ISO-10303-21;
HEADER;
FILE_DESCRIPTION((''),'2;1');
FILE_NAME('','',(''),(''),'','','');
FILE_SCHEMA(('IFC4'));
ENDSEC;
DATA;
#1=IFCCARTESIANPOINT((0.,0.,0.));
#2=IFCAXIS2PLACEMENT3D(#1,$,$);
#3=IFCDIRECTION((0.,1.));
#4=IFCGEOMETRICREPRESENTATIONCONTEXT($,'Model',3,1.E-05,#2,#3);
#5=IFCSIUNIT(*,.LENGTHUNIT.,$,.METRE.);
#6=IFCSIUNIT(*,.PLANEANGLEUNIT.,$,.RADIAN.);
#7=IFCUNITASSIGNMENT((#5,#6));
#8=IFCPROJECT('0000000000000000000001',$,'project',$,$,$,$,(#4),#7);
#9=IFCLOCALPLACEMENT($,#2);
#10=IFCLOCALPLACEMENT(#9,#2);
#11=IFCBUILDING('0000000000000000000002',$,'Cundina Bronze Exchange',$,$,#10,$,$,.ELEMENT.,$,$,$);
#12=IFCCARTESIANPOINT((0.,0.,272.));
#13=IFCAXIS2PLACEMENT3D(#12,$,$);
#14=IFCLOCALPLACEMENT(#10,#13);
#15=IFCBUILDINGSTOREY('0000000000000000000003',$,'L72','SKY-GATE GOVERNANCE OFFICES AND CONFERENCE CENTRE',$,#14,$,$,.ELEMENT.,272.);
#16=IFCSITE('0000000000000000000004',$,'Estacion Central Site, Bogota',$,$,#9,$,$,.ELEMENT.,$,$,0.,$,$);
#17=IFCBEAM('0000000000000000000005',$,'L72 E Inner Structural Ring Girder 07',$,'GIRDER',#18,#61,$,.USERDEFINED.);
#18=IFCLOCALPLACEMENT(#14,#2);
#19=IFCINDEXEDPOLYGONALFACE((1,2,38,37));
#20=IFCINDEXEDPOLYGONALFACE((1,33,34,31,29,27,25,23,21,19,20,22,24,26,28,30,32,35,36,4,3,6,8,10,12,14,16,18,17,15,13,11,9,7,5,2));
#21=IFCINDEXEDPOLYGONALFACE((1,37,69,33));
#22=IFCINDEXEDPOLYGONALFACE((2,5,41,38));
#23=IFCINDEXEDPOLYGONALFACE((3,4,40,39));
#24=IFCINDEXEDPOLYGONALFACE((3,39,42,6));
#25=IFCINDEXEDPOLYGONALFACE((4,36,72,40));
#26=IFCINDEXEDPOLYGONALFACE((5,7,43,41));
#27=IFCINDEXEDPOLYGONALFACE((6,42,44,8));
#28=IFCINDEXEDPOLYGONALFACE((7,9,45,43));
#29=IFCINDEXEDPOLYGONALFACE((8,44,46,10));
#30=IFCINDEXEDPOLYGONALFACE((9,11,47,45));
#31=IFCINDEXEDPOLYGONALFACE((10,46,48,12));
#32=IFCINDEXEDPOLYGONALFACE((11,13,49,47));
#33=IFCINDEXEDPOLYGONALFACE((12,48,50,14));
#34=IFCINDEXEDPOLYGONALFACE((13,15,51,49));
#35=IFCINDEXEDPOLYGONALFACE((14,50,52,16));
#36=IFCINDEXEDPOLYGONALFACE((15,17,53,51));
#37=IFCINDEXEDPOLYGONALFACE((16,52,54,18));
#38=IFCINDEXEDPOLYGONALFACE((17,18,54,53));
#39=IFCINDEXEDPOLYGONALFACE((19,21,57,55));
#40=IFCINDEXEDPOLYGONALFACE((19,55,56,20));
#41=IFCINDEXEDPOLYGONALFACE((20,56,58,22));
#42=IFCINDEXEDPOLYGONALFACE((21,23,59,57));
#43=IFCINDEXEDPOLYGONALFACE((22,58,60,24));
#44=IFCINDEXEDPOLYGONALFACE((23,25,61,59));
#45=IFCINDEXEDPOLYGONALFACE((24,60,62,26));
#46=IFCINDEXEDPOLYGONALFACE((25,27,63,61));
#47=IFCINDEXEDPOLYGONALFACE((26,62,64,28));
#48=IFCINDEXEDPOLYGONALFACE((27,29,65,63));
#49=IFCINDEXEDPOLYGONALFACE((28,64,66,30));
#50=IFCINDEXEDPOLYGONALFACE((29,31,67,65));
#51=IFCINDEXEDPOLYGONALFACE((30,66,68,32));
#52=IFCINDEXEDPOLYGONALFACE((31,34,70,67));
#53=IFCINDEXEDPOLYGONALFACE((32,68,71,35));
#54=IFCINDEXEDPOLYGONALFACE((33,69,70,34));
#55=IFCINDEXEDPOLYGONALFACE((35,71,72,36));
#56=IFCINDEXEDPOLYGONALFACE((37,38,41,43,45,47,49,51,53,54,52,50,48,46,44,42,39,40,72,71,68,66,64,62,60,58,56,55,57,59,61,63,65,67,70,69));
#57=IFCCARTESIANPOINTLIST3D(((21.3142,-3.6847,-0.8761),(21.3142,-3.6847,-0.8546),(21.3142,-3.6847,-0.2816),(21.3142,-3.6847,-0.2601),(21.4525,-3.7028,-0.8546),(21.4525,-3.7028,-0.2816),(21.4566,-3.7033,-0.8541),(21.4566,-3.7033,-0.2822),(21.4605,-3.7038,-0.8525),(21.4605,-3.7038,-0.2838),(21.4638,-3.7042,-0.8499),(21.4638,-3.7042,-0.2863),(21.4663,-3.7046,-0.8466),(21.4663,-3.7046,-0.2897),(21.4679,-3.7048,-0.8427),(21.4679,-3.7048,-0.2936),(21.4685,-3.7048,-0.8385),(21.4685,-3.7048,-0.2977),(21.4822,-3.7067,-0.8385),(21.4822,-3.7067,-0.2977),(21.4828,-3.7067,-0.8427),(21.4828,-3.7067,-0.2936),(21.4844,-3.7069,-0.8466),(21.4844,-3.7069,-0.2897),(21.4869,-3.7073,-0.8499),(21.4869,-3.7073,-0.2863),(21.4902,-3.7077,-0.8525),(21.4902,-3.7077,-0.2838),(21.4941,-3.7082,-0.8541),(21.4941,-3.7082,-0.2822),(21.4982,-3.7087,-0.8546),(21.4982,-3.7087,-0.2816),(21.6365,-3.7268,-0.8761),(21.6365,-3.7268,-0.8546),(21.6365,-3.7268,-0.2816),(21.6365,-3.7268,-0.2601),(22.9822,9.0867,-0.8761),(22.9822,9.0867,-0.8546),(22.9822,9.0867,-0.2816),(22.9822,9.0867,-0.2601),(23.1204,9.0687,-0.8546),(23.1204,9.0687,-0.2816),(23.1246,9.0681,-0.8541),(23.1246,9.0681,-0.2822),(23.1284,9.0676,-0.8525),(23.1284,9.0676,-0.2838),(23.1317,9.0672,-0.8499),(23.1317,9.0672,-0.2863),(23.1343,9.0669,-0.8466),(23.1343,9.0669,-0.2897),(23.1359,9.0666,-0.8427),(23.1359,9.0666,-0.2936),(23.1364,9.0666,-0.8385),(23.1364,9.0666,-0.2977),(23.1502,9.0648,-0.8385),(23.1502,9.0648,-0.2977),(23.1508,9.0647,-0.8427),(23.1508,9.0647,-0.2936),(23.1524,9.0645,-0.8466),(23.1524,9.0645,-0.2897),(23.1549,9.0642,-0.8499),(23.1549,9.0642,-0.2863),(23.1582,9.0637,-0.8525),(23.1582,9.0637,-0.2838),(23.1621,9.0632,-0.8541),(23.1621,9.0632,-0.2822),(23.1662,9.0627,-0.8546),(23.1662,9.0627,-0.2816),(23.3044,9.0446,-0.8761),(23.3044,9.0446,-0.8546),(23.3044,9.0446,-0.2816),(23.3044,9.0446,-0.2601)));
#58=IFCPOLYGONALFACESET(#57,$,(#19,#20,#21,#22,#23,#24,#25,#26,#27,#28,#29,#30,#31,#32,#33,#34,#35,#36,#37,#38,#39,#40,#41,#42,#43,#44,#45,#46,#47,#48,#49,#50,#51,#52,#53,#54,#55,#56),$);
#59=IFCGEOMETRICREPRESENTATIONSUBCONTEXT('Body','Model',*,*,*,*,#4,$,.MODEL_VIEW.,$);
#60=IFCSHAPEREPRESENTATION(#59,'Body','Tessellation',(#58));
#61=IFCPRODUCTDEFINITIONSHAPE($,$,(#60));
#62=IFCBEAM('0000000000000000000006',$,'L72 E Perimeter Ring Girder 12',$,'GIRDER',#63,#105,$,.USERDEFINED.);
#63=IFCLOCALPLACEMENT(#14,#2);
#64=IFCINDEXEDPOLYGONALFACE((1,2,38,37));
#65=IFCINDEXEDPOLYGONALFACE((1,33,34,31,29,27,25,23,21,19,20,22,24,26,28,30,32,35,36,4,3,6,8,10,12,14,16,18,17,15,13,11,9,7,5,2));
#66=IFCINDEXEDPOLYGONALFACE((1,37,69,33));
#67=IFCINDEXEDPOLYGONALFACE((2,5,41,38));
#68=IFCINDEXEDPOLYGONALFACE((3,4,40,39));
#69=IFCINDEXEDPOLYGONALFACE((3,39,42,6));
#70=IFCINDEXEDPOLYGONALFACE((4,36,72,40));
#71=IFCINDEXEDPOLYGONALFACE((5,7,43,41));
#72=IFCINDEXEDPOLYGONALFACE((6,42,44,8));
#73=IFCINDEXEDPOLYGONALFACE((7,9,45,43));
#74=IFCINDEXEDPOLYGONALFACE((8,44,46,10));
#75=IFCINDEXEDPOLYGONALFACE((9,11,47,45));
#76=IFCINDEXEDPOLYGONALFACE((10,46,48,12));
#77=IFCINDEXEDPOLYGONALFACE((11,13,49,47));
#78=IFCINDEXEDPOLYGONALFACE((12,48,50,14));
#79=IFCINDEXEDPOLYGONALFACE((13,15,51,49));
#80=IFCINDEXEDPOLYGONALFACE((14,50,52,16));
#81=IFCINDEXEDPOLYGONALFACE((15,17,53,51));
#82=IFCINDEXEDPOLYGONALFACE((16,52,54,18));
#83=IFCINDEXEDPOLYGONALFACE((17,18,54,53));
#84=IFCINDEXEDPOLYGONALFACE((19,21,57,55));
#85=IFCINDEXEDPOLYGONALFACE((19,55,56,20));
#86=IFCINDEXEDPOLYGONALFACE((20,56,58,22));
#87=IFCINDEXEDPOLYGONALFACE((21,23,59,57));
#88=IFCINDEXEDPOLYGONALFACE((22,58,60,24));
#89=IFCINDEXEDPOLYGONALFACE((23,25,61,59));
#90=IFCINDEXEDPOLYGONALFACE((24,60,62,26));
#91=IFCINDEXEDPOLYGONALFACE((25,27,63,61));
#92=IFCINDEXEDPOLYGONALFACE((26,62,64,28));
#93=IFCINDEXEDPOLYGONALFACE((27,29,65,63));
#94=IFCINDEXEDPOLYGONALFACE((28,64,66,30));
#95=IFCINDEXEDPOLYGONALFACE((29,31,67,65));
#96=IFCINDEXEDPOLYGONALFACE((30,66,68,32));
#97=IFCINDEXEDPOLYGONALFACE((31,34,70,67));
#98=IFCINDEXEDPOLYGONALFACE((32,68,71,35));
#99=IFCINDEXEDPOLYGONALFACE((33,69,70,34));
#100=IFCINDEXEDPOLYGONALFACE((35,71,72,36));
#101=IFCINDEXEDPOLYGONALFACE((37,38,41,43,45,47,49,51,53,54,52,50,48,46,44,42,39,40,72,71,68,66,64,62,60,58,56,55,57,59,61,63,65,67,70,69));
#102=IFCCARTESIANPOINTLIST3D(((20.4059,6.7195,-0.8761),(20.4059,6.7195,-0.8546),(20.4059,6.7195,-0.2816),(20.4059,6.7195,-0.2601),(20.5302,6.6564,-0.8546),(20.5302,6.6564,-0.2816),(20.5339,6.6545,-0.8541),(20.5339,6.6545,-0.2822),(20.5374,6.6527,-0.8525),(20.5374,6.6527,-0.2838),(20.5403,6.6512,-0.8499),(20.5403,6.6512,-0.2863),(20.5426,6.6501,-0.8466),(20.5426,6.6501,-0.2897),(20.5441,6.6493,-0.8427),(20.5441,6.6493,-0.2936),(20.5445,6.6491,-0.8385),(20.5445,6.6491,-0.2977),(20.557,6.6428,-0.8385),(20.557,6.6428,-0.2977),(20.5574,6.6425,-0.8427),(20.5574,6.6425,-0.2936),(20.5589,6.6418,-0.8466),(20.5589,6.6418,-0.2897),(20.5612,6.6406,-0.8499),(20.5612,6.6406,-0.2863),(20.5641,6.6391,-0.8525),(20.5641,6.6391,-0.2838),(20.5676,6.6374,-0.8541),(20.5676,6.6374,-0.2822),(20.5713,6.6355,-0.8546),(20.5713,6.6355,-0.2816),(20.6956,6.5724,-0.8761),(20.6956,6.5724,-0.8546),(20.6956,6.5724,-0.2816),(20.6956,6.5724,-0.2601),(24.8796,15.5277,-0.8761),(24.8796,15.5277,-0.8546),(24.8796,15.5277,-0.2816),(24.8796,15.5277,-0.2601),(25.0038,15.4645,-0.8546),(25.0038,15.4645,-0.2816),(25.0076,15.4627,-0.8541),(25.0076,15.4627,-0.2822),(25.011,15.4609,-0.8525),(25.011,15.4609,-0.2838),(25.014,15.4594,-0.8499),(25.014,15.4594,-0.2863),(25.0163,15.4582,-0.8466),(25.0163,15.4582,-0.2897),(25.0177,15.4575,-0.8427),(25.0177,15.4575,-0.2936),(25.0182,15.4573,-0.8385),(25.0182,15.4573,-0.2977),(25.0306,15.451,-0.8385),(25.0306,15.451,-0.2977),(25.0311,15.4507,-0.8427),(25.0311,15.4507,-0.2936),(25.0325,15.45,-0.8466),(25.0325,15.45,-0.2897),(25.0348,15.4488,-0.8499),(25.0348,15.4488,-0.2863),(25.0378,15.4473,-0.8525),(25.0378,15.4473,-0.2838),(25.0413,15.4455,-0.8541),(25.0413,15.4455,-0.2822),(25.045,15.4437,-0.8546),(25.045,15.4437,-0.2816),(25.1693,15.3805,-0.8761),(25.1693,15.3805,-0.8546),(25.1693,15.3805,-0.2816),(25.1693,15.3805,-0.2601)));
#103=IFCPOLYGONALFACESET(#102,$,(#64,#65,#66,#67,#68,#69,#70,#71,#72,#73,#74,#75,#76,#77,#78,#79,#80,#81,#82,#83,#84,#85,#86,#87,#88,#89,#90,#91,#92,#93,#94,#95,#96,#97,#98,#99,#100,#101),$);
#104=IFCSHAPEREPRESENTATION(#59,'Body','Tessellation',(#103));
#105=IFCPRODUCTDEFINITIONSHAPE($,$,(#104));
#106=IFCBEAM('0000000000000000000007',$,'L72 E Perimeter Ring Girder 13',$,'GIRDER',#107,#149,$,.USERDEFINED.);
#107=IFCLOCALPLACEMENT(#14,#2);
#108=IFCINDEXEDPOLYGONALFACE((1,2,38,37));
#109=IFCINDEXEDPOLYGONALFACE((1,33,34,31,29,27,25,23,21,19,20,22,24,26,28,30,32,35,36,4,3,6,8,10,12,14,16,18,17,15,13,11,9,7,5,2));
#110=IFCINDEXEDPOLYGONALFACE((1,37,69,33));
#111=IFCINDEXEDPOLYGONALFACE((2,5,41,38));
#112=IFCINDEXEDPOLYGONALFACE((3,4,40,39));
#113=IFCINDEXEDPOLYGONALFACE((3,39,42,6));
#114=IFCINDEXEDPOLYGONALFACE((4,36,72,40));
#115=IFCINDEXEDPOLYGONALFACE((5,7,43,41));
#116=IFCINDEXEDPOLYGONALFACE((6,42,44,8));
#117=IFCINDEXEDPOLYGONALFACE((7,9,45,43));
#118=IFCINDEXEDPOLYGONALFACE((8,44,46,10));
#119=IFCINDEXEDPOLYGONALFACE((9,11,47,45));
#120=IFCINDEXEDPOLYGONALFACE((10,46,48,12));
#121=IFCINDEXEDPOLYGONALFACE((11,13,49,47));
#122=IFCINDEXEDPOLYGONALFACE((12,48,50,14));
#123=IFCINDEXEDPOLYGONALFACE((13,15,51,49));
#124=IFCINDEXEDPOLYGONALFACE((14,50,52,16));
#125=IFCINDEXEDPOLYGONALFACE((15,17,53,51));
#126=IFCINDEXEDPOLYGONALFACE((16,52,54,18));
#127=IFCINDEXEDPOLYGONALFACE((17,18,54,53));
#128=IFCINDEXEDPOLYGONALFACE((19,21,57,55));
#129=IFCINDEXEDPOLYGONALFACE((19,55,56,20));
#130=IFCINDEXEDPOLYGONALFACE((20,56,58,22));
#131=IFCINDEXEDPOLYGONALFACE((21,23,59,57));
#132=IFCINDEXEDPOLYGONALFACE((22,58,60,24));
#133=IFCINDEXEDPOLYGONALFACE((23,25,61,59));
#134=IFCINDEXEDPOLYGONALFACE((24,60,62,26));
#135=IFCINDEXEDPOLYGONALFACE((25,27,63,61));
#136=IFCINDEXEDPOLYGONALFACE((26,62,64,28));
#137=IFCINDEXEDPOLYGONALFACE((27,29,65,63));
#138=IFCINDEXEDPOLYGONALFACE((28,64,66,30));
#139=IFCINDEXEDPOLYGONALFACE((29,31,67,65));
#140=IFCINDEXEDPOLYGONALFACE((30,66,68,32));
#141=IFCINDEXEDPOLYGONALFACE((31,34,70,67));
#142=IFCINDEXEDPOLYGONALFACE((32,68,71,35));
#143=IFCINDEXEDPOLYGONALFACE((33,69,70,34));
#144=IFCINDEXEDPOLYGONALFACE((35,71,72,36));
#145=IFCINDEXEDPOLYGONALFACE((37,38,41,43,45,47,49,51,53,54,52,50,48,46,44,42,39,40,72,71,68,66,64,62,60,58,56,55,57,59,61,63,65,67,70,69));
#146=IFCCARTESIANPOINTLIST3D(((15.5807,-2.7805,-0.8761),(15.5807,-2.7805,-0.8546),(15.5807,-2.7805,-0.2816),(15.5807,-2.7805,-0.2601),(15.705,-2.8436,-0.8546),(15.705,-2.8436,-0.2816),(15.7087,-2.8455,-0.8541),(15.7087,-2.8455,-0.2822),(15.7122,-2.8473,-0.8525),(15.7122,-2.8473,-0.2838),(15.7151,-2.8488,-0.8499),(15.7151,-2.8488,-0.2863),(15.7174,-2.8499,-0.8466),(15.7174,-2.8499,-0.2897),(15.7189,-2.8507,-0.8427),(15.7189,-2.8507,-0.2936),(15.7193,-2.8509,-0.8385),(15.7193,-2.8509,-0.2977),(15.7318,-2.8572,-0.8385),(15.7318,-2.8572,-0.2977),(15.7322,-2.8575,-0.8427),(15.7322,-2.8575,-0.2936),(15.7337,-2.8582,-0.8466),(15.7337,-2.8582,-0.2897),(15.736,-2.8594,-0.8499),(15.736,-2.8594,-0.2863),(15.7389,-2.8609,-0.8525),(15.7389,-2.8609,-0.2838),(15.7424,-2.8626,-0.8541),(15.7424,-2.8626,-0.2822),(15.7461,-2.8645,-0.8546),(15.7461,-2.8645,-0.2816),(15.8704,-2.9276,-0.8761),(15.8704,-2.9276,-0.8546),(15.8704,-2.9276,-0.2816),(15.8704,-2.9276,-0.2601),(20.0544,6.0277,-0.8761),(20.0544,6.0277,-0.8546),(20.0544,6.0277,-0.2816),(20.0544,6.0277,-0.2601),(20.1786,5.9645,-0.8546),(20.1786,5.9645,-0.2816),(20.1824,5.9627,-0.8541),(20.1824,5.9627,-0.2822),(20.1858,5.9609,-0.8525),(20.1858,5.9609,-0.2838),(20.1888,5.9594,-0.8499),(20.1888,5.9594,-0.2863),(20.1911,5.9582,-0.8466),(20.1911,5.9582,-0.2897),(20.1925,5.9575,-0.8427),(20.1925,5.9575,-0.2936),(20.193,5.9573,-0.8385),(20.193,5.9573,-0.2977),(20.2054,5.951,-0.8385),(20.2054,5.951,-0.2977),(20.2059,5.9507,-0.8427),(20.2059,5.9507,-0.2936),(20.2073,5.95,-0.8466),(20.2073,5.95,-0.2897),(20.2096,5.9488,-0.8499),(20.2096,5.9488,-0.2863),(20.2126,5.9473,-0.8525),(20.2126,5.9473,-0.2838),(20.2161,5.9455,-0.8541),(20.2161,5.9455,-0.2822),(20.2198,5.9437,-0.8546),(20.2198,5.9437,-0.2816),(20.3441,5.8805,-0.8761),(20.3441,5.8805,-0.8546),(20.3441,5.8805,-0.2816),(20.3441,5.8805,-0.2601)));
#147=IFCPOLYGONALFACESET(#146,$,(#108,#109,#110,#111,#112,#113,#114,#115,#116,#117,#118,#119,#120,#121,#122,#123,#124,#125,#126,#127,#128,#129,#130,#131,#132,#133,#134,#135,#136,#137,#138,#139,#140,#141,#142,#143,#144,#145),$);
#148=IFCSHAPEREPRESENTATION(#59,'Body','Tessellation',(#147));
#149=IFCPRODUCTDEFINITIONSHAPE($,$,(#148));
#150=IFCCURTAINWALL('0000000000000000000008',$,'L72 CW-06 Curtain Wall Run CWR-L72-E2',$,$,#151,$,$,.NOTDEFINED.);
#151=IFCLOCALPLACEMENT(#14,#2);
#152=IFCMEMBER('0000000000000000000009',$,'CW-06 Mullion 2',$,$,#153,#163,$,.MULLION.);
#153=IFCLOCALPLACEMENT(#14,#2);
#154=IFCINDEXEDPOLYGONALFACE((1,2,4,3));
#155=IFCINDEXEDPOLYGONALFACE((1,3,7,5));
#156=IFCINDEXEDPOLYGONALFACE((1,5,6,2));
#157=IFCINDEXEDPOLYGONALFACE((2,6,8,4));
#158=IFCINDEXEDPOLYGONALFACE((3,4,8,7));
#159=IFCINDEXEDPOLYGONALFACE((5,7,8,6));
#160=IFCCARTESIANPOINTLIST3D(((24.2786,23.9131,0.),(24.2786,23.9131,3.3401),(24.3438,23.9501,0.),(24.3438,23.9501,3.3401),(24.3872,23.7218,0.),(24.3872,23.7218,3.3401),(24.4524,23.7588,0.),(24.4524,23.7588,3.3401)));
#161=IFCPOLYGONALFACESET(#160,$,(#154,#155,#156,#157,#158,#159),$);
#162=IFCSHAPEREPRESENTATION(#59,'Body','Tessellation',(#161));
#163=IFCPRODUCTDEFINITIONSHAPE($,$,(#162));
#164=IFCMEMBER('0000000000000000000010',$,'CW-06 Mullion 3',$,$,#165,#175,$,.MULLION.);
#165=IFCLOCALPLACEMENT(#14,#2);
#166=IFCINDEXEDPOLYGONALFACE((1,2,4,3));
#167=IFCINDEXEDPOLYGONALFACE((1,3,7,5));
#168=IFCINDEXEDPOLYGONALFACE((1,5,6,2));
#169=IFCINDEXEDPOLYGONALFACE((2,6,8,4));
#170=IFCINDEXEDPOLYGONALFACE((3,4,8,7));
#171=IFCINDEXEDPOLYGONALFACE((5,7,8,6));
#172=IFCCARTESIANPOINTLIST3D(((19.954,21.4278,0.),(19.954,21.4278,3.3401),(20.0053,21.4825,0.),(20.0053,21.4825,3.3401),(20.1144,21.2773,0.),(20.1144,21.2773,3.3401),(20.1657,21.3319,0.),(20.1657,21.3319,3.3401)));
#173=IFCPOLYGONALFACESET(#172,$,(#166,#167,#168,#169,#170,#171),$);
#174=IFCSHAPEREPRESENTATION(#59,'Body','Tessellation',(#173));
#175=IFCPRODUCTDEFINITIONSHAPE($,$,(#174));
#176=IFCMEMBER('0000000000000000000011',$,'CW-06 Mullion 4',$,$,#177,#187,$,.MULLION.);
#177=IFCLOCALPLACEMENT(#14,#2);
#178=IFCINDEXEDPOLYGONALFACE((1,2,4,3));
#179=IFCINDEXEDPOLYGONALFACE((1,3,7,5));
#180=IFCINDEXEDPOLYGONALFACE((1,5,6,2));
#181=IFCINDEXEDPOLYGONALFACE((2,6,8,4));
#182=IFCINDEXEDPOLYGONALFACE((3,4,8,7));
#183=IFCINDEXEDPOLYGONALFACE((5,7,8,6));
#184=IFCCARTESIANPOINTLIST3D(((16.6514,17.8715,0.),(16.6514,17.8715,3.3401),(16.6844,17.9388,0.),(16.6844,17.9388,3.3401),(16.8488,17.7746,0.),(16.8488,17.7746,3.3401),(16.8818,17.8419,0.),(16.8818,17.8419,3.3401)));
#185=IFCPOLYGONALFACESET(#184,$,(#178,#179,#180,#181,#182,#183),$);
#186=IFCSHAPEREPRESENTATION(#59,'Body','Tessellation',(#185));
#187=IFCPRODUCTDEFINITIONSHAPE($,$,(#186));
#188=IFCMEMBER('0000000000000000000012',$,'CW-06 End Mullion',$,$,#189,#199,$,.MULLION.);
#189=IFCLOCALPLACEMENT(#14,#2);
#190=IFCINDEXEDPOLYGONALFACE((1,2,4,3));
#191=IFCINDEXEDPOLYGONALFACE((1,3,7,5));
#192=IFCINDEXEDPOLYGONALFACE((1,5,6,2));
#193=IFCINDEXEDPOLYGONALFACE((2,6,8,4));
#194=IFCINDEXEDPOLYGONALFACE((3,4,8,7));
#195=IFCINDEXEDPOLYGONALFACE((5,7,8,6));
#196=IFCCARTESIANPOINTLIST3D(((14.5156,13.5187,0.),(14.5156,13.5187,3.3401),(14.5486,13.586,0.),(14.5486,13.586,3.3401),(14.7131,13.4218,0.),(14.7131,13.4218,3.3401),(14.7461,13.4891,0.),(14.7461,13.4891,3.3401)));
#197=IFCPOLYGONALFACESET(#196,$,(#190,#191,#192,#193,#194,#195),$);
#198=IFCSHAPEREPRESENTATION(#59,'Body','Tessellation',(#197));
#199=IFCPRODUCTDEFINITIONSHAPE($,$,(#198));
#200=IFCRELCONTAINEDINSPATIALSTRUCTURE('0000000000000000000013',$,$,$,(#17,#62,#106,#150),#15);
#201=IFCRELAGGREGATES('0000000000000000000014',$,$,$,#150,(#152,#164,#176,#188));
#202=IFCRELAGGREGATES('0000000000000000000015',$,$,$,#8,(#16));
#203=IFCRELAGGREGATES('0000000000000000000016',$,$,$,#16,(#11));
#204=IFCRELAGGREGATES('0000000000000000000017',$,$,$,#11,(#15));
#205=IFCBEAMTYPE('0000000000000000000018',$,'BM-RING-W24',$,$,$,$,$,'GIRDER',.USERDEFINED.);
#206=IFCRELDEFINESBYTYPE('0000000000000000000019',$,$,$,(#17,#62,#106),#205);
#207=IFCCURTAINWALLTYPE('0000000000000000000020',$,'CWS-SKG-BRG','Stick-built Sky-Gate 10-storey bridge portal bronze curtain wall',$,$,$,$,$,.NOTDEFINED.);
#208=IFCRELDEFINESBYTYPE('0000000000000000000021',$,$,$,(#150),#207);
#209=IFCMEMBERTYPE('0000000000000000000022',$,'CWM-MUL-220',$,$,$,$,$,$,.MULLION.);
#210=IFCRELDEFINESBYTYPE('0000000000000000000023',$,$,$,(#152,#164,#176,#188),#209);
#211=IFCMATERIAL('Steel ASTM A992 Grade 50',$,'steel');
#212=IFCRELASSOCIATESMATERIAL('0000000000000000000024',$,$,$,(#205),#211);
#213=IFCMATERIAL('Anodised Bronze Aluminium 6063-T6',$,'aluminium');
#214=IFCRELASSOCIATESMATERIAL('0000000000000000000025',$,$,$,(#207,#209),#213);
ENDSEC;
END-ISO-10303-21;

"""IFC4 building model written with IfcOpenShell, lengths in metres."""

from ifc_helpers import new_model, si_unit, direction, frame, origin, origin_2d, place, context, subcontext, project, spatial, rectangle, i_section, extrude, material, material_profile, profile_set, type_object, element, aggregate, save


model = new_model("IFC4")

# Units and contexts
model_context = context("Model", 3, precision=1e-05, world=origin(), true_north=direction((0.0, 1.0)))
body_context = subcontext(model_context, "Body", "Model", "MODEL_VIEW")
ifc_project = project(units=[si_unit("LENGTHUNIT", "METRE"), si_unit("PLANEANGLEUNIT", "RADIAN")], contexts=[model_context])

# Site, building, storey
site_placement = place(None, origin())
site = spatial("IfcSite", under=ifc_project, at=site_placement, Name="Estacion Central Site, Bogota", CompositionType="ELEMENT", RefElevation=0.0)
building_placement = place(site_placement, origin())
building = spatial("IfcBuilding", under=site, at=building_placement, Name="Cundina Bronze Exchange", CompositionType="ELEMENT")
storey_placement = place(building_placement, frame((0.0, 0.0, 272.0)))
storey = spatial("IfcBuildingStorey", under=building, at=storey_placement, Name="L72", Description="SKY-GATE GOVERNANCE OFFICES AND CONFERENCE CENTRE", CompositionType="ELEMENT", Elevation=272.0)

# Beams
ifc_material_1 = material(Name="Steel ASTM A992 Grade 50", Category="steel")
ifc_material_profile_1 = material_profile(ifc_material_1, i_section(OverallWidth=0.325, OverallDepth=0.616, WebThickness=0.0139, FlangeThickness=0.0215, FilletRadius=0.0161, at=origin_2d()), Name="W24X117", Category="steel")
ifc_profile_set_1 = profile_set([ifc_material_profile_1], Name="Steel ASTM A992 Grade 50")
beam_type_1 = type_object("IfcBeamType", Name="BM-RING-W24", ElementType="GIRDER", PredefinedType="USERDEFINED", material=ifc_profile_set_1)
beam_placement = place(storey_placement, frame((23.1433, 9.0657, -0.5681), z_axis=(-0.129501, -0.991579, 0.0), x_axis=(0.991579, -0.129501, 0.0)))
element("IfcBeam", 1, at=beam_placement, inside=storey, type_object=beam_type_1, Name="L72 E Inner Structural Ring Girder 07", ObjectType="GIRDER", PredefinedType="USERDEFINED", context=body_context, shape_type="SweptSolid", body=[
    extrude(i_section(OverallWidth=0.325, OverallDepth=0.616, WebThickness=0.0139, FlangeThickness=0.0215, FilletRadius=0.0161, at=origin_2d()), origin(), (0.0, 0.0, 1.0), 12.8799),
])
for number, where, z_axis, x_axis, name in (
    (2, (25.0244, 15.4541, -0.5681), (-0.452839, -0.891592, 0.0), (0.891592, -0.452839, 0.0), "L72 E Perimeter Ring Girder 12"),
    (3, (20.1992, 5.9541, -0.5681), (-0.452839, -0.891592, 0.0), (0.891592, -0.452839, 0.0), "L72 E Perimeter Ring Girder 13"),
):
    element("IfcBeam", number, at=place(storey_placement, frame(where, z_axis=z_axis, x_axis=x_axis)), inside=storey, type_object=beam_type_1, Name=name, ObjectType="GIRDER", PredefinedType="USERDEFINED", context=body_context, shape_type="SweptSolid", body=[
        extrude(i_section(OverallWidth=0.325, OverallDepth=0.616, WebThickness=0.0139, FlangeThickness=0.0215, FilletRadius=0.0161, at=origin_2d()), origin(), (0.0, 0.0, 1.0), 9.8792),
    ])

# Curtain wall, members
ifc_material_2 = material(Name="Anodised Bronze Aluminium 6063-T6", Category="aluminium")
curtain_wall_type = type_object("IfcCurtainWallType", Name="CWS-SKG-BRG", Description="Stick-built Sky-Gate 10-storey bridge portal bronze curtain wall", PredefinedType="NOTDEFINED", material=ifc_material_2)
curtain_wall_1_placement = place(storey_placement, origin())
curtain_wall_1 = element("IfcCurtainWall", 4, at=curtain_wall_1_placement, inside=storey, type_object=curtain_wall_type, Name="L72 CW-06 Curtain Wall Run CWR-L72-E2", PredefinedType="NOTDEFINED")
ifc_material_profile_2 = material_profile(ifc_material_2, rectangle(XDim=0.075, YDim=0.22, at=origin_2d()), Name="AL75X220", Category="aluminium")
ifc_profile_set_2 = profile_set([ifc_material_profile_2], Name="Anodised Bronze Aluminium 6063-T6")
member_type_1 = type_object("IfcMemberType", Name="CWM-MUL-220", PredefinedType="MULLION", material=ifc_profile_set_2)
member_1_placement = place(storey_placement, frame((24.3655, 23.8359, 0.0), z_axis=(0.0, 0.0, 1.0), x_axis=(-0.869581, -0.49379, 0.0)))
member_1 = element("IfcMember", 5, at=member_1_placement, type_object=member_type_1, Name="CW-06 Mullion 2", PredefinedType="MULLION", context=body_context, shape_type="SweptSolid", body=[
    extrude(rectangle(XDim=0.075, YDim=0.22, at=origin_2d()), origin(), (0.0, 0.0, 1.0), 3.3401),
])
member_2_placement = place(storey_placement, frame((20.0598, 21.3799, 0.0), z_axis=(0.0, 0.0, 1.0), x_axis=(-0.684293, -0.729208, 0.0)))
member_2 = element("IfcMember", 6, at=member_2_placement, type_object=member_type_1, Name="CW-06 Mullion 3", PredefinedType="MULLION", context=body_context, shape_type="SweptSolid", body=[
    extrude(rectangle(XDim=0.075, YDim=0.22, at=origin_2d()), origin(), (0.0, 0.0, 1.0), 3.3401),
])
member_3_placement = place(storey_placement, frame((16.7666, 17.8567, 0.0), z_axis=(0.0, 0.0, 1.0), x_axis=(-0.440566, -0.89772, 0.0)))
member_3 = element("IfcMember", 7, at=member_3_placement, type_object=member_type_1, Name="CW-06 Mullion 4", PredefinedType="MULLION", context=body_context, shape_type="SweptSolid", body=[
    extrude(rectangle(XDim=0.075, YDim=0.22, at=origin_2d()), origin(), (0.0, 0.0, 1.0), 3.3401),
])
member_4_placement = place(storey_placement, frame((14.6309, 13.5039, 0.0), z_axis=(0.0, 0.0, 1.0), x_axis=(-0.440566, -0.89772, 0.0)))
member_4 = element("IfcMember", 8, at=member_4_placement, type_object=member_type_1, Name="CW-06 End Mullion", PredefinedType="MULLION", context=body_context, shape_type="SweptSolid", body=[
    extrude(rectangle(XDim=0.075, YDim=0.22, at=origin_2d()), origin(), (0.0, 0.0, 1.0), 3.3401),
])

aggregate(curtain_wall_1, [member_1, member_2, member_3, member_4])

save(model, "model.ifc")
